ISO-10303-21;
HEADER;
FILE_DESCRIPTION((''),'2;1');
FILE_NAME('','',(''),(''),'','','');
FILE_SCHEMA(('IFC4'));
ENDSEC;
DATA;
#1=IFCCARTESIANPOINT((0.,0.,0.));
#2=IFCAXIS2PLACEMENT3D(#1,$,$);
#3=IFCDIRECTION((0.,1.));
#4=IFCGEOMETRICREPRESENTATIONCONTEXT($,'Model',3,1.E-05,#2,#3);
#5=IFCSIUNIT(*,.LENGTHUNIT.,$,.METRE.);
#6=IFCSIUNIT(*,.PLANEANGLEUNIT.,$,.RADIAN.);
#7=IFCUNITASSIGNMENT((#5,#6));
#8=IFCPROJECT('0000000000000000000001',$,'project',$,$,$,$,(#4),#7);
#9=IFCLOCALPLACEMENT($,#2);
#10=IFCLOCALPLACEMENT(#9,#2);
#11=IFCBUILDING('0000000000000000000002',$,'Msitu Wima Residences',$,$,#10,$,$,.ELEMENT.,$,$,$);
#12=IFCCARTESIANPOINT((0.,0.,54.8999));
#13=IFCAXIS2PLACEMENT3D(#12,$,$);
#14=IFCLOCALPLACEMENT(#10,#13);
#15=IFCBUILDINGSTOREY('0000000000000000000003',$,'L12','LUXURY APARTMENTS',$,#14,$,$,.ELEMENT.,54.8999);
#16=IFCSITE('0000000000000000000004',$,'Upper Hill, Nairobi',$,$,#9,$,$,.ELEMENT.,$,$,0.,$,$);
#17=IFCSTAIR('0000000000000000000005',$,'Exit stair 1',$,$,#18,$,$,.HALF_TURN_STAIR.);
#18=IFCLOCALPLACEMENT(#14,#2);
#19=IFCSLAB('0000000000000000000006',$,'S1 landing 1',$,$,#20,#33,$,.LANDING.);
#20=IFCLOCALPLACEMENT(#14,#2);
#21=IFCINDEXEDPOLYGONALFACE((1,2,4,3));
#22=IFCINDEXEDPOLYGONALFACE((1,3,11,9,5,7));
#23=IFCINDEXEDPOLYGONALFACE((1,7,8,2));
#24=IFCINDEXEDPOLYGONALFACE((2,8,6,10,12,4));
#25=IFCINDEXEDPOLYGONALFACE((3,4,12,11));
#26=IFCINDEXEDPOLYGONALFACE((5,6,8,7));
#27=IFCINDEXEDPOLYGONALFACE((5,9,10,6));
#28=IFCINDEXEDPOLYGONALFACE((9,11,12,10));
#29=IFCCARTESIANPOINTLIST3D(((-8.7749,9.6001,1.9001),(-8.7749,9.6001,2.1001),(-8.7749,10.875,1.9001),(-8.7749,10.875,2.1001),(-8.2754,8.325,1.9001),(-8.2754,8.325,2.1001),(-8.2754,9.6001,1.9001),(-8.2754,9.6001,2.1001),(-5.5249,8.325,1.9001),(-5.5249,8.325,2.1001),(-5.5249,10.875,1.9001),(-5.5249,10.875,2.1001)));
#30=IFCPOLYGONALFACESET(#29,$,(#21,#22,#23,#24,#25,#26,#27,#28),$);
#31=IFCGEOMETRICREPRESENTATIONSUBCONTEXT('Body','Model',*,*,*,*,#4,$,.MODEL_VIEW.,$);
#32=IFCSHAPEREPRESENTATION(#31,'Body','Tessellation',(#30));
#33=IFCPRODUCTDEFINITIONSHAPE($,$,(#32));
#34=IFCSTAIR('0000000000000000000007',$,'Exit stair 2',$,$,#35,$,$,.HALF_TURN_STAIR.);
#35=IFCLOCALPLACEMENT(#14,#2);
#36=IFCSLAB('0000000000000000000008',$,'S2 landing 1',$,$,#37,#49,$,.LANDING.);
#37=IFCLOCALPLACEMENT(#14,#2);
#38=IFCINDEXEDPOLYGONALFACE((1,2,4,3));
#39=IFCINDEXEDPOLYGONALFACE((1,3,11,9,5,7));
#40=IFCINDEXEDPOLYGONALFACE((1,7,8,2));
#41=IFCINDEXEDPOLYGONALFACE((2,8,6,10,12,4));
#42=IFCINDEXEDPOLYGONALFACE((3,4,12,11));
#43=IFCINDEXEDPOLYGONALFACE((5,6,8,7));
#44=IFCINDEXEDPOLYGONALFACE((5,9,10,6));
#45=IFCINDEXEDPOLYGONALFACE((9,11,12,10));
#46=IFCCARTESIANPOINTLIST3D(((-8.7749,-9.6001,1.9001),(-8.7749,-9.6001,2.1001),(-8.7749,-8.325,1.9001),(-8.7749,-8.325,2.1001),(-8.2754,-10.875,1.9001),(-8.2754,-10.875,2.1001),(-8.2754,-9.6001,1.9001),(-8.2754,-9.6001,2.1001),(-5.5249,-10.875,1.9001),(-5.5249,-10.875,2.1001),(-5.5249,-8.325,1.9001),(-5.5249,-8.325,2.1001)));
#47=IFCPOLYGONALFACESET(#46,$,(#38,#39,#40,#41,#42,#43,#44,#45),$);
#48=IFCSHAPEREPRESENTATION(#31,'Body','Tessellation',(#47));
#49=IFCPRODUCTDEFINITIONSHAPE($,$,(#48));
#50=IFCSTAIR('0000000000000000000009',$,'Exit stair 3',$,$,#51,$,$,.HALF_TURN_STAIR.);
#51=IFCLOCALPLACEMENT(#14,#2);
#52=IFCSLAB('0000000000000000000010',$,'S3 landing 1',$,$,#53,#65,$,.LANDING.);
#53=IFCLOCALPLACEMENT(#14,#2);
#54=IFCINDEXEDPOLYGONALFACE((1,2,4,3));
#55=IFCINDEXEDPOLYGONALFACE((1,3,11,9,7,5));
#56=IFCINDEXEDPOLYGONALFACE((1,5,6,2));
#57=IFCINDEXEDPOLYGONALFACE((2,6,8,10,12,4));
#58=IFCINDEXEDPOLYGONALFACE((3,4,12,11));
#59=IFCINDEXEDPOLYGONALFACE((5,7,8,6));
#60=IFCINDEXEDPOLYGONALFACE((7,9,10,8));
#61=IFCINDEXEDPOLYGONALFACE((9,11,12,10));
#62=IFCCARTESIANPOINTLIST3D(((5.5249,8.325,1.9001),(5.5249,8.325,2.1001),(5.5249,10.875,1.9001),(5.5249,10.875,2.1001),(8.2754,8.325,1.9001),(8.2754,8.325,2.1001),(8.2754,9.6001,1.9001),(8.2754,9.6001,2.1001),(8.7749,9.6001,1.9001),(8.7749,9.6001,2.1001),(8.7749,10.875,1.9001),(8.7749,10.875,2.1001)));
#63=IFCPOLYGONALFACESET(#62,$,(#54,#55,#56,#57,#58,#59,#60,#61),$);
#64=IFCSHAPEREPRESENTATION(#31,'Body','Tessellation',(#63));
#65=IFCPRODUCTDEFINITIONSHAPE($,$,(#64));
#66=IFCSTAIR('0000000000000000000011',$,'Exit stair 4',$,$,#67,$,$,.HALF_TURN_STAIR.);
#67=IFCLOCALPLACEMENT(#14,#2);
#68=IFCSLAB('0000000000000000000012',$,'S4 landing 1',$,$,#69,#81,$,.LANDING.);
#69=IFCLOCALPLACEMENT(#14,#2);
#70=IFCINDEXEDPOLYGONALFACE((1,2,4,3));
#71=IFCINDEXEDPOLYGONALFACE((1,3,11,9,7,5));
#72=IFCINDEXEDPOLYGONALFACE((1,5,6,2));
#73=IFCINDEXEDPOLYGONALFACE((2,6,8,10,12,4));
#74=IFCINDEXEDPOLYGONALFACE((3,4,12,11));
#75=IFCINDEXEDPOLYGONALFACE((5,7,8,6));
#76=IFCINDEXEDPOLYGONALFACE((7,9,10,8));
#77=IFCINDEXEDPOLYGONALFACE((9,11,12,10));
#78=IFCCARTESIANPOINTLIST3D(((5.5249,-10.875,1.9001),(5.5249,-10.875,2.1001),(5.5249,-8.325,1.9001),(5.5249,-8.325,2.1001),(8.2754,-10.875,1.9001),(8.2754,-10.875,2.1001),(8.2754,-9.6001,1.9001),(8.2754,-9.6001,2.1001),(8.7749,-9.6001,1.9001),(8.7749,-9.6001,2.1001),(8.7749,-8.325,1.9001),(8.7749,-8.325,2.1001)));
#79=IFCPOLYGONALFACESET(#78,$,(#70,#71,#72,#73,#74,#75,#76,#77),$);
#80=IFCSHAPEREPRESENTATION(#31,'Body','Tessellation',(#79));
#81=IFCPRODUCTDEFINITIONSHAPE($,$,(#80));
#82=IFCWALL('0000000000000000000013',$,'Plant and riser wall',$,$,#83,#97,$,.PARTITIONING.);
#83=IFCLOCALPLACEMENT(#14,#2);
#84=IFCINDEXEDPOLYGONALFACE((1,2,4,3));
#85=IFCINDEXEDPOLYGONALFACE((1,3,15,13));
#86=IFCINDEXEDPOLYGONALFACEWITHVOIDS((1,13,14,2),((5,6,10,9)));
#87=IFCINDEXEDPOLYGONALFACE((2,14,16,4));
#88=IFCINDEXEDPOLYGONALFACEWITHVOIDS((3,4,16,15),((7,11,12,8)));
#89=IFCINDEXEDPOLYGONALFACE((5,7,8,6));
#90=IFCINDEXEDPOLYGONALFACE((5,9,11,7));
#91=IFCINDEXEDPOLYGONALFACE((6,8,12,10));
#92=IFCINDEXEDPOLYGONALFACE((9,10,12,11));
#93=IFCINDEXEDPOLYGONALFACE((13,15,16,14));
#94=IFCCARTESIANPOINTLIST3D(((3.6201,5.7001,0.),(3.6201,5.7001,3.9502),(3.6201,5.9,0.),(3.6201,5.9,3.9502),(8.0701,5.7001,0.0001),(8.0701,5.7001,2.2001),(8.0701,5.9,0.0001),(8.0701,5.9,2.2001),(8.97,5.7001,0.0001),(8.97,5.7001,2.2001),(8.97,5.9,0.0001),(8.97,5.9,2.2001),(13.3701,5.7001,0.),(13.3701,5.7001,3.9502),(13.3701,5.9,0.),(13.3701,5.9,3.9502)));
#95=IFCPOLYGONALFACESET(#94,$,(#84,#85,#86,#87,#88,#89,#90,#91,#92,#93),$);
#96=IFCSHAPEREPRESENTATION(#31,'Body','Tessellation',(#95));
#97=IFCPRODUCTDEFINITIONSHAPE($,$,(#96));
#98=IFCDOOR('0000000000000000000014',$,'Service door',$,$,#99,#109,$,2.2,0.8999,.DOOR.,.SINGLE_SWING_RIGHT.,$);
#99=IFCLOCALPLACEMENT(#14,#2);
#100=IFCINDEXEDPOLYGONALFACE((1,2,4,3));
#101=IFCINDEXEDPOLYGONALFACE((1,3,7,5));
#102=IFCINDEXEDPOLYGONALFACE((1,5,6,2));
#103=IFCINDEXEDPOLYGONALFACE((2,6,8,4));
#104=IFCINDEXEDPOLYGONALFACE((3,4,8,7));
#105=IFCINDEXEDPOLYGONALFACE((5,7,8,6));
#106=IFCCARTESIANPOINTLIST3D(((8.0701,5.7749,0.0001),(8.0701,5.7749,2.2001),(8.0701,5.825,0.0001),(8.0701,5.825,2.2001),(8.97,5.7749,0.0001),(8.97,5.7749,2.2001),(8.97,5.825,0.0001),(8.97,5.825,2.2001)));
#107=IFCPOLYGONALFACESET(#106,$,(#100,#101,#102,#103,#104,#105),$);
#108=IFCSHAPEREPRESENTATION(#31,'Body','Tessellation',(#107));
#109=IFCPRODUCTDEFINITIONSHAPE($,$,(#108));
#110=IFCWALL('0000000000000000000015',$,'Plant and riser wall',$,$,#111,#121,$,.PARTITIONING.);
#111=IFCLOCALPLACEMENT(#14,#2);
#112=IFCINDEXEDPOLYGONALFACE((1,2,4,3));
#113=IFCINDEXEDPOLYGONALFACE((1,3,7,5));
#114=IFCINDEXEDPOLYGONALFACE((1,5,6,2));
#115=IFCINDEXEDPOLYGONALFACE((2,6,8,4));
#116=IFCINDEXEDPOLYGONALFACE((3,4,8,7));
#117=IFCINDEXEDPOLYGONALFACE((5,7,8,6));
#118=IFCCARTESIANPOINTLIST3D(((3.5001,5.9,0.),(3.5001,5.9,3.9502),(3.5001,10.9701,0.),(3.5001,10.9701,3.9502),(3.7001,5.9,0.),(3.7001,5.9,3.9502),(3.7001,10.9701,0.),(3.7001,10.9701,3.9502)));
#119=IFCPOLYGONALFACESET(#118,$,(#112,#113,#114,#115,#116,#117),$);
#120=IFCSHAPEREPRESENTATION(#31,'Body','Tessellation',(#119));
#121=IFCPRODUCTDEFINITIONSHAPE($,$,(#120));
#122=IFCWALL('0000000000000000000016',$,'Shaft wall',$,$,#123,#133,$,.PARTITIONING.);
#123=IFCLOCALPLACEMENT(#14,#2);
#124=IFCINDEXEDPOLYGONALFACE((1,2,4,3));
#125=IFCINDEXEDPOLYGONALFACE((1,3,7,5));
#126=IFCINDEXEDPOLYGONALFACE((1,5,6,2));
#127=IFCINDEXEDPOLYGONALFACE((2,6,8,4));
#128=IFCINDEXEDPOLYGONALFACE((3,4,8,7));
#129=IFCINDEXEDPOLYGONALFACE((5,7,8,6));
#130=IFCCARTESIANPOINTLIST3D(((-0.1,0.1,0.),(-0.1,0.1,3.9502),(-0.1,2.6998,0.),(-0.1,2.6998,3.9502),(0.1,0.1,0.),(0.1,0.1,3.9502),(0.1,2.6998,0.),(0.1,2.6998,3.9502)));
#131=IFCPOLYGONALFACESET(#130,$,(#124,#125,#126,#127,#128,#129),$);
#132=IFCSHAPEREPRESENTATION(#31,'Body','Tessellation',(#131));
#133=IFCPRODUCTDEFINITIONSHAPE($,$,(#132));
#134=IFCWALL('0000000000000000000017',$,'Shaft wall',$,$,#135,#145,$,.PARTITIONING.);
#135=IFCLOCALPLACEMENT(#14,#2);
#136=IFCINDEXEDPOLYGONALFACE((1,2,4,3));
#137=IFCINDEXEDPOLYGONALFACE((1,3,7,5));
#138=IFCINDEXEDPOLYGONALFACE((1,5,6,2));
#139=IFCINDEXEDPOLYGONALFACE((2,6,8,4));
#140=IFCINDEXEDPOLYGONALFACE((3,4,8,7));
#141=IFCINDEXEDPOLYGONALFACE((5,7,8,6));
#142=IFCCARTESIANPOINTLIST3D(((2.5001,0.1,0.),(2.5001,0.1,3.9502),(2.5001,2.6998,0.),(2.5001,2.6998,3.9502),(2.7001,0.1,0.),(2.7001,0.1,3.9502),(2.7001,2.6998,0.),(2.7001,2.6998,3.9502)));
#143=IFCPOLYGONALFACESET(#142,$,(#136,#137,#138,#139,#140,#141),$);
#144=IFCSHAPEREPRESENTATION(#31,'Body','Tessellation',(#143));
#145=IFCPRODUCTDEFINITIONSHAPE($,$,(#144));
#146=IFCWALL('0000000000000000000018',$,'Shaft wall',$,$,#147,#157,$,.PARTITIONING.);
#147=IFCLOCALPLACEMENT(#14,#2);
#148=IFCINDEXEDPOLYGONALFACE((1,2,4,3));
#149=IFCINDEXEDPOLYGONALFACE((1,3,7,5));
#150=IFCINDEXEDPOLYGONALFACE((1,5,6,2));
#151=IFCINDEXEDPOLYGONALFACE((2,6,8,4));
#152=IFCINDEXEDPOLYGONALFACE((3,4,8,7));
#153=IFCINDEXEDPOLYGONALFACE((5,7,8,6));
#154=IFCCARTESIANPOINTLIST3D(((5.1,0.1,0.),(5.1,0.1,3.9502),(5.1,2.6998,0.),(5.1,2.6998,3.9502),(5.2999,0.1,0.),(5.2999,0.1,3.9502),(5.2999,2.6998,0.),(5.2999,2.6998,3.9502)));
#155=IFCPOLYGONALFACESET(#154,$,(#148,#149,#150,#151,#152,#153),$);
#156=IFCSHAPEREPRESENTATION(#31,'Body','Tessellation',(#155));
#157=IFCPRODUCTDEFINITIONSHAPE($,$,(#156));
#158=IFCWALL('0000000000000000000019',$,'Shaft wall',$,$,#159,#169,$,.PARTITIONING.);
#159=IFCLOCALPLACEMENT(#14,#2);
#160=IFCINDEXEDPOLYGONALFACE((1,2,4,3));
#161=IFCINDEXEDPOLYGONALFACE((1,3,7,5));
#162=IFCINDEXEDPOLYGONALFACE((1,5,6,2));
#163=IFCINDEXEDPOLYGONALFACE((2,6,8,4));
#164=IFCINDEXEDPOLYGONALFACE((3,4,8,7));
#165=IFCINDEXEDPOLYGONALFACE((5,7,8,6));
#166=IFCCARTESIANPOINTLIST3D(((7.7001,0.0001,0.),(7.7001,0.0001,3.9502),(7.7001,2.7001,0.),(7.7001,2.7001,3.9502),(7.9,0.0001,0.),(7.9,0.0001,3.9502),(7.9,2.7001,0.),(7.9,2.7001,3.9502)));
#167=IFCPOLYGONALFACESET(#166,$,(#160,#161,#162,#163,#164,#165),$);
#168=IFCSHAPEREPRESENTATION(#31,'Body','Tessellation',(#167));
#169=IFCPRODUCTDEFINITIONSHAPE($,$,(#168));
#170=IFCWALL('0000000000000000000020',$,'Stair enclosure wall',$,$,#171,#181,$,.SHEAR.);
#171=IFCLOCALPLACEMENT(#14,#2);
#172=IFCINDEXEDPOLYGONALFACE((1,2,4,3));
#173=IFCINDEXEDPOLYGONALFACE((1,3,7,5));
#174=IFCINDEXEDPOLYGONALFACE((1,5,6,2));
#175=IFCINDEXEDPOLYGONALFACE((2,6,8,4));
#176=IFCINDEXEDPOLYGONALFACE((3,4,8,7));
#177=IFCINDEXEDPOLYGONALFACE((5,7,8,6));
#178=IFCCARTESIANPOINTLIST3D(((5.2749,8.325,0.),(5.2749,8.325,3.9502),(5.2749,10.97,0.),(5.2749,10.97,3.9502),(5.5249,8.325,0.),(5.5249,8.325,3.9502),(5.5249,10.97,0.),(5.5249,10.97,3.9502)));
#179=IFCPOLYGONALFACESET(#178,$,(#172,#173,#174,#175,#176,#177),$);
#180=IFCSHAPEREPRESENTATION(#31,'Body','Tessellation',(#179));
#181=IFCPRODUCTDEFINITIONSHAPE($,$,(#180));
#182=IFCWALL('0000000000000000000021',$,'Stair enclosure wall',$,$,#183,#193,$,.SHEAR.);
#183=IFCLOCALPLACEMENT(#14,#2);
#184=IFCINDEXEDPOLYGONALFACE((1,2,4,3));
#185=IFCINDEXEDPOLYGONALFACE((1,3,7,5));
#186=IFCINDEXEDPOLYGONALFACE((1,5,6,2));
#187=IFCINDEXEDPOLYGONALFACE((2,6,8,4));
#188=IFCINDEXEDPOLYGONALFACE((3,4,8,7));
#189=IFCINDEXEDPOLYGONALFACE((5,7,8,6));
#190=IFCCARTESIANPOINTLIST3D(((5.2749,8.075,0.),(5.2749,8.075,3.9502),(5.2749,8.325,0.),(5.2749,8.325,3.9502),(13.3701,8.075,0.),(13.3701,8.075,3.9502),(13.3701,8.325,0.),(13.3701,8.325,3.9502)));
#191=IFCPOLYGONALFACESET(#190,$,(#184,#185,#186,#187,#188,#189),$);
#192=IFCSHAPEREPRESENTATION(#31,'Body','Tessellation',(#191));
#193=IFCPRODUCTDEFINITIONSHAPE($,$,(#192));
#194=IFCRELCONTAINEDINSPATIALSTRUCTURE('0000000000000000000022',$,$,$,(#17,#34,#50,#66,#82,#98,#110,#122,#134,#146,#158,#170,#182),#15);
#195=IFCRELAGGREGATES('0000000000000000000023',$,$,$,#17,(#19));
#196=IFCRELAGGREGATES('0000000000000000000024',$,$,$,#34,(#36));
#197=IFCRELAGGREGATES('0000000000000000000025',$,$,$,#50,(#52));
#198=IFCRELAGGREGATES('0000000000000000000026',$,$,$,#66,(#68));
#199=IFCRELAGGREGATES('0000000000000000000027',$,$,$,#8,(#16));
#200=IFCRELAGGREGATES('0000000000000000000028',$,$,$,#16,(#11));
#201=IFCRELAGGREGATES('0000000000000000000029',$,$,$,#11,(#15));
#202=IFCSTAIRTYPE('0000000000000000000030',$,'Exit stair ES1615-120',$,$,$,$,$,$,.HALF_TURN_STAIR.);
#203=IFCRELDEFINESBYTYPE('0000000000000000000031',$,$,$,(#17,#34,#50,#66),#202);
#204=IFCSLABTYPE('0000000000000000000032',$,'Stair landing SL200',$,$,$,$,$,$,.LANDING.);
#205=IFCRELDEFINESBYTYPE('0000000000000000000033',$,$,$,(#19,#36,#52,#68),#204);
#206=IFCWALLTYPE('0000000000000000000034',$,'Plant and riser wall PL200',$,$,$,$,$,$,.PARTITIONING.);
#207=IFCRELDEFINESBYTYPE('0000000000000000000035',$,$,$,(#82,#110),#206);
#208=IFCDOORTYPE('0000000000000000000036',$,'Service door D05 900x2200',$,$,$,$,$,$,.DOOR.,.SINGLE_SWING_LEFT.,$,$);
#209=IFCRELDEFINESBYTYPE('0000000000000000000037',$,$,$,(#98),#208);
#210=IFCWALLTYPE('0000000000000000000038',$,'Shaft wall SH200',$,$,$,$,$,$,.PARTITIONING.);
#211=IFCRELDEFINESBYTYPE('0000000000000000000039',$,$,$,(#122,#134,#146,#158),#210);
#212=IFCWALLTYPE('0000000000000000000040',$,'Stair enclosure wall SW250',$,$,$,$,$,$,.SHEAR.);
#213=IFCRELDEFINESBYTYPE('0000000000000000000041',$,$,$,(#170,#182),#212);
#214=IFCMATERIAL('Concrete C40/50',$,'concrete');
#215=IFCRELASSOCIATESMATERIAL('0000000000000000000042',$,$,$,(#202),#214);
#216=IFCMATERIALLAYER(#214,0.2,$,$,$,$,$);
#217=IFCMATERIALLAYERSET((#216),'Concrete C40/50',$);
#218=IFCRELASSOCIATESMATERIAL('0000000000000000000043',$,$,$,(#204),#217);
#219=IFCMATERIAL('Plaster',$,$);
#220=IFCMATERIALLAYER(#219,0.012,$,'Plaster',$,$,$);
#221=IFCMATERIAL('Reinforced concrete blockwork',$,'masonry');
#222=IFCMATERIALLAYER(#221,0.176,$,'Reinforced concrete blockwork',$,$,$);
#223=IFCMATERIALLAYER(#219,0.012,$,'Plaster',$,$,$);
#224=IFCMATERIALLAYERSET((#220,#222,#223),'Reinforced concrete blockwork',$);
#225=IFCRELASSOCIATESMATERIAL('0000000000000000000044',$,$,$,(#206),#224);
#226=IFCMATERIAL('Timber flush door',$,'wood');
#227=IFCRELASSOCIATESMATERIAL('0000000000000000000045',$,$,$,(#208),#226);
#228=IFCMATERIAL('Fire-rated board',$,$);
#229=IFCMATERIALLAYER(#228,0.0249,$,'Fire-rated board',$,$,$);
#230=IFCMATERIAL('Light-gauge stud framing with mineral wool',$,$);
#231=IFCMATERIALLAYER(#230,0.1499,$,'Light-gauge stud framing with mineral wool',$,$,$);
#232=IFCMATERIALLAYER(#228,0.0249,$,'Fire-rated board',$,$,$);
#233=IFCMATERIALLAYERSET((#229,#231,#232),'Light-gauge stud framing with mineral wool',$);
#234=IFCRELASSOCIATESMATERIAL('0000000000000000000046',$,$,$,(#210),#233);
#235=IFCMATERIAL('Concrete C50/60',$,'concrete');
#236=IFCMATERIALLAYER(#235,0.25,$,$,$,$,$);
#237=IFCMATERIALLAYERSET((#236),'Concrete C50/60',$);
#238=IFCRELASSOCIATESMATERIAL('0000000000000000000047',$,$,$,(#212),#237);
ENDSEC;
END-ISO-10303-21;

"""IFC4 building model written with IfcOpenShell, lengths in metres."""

from ifc_helpers import new_model, si_unit, direction, frame, frame_2d, origin, place, context, subcontext, project, spatial, polyline, rectangle, outline, extrude, material, layer, layer_set, type_object, element, fill, aggregate, save


model = new_model("IFC4")

# Units and contexts
model_context = context("Model", 3, precision=1e-05, world=origin(), true_north=direction((0.0, 1.0)))
body_context = subcontext(model_context, "Body", "Model", "MODEL_VIEW")
ifc_project = project(units=[si_unit("LENGTHUNIT", "METRE"), si_unit("PLANEANGLEUNIT", "RADIAN")], contexts=[model_context])

# Site, building, storey
site_placement = place(None, origin())
site = spatial("IfcSite", under=ifc_project, at=site_placement, Name="Upper Hill, Nairobi", CompositionType="ELEMENT", RefElevation=0.0)
building_placement = place(site_placement, origin())
building = spatial("IfcBuilding", under=site, at=building_placement, Name="Msitu Wima Residences", CompositionType="ELEMENT")
storey_placement = place(building_placement, frame((0.0, 0.0, 54.8999)))
storey = spatial("IfcBuildingStorey", under=building, at=storey_placement, Name="L12", Description="LUXURY APARTMENTS", CompositionType="ELEMENT", Elevation=54.8999)

# Shared definitions
ifc_material_1 = material(Name="Concrete C40/50", Category="concrete")

# Stairs, slabs
stair_type = type_object("IfcStairType", Name="Exit stair ES1615-120", PredefinedType="HALF_TURN_STAIR", material=ifc_material_1)
stair_1_placement = place(storey_placement, origin())
stair_1 = element("IfcStair", 1, at=stair_1_placement, inside=storey, type_object=stair_type, Name="Exit stair 1", PredefinedType="HALF_TURN_STAIR")
ifc_layer_1 = layer(ifc_material_1, 0.2)
ifc_layer_set_1 = layer_set([ifc_layer_1], Name="Concrete C40/50")
slab_type_1 = type_object("IfcSlabType", Name="Stair landing SL200", PredefinedType="LANDING", material=ifc_layer_set_1)
slab_1_placement = place(storey_placement, frame((0.0, 0.0, 1.9001)))
slab_1 = element("IfcSlab", 2, at=slab_1_placement, type_object=slab_type_1, Name="S1 landing 1", PredefinedType="LANDING", context=body_context, shape_type="SweptSolid", body=[
    extrude(outline(polyline([(-5.5249, 8.325), (-8.2754, 8.325), (-8.2754, 9.6001), (-8.7749, 9.6001), (-8.7749, 10.875), (-5.5249, 10.875), (-5.5249, 8.325)])), origin(), (0.0, 0.0, 1.0), 0.2),
])
aggregate(stair_1, [slab_1])
stair_2_placement = place(storey_placement, origin())
stair_2 = element("IfcStair", 3, at=stair_2_placement, inside=storey, type_object=stair_type, Name="Exit stair 2", PredefinedType="HALF_TURN_STAIR")
slab_2_placement = place(storey_placement, frame((0.0, 0.0, 1.9001)))
slab_2 = element("IfcSlab", 4, at=slab_2_placement, type_object=slab_type_1, Name="S2 landing 1", PredefinedType="LANDING", context=body_context, shape_type="SweptSolid", body=[
    extrude(outline(polyline([(-5.5249, -10.875), (-8.2754, -10.875), (-8.2754, -9.6001), (-8.7749, -9.6001), (-8.7749, -8.325), (-5.5249, -8.325), (-5.5249, -10.875)])), origin(), (0.0, 0.0, 1.0), 0.2),
])
aggregate(stair_2, [slab_2])
stair_3_placement = place(storey_placement, origin())
stair_3 = element("IfcStair", 5, at=stair_3_placement, inside=storey, type_object=stair_type, Name="Exit stair 3", PredefinedType="HALF_TURN_STAIR")
slab_3_placement = place(storey_placement, frame((0.0, 0.0, 1.9001)))
slab_3 = element("IfcSlab", 6, at=slab_3_placement, type_object=slab_type_1, Name="S3 landing 1", PredefinedType="LANDING", context=body_context, shape_type="SweptSolid", body=[
    extrude(outline(polyline([(5.5249, 8.325), (8.2754, 8.325), (8.2754, 9.6001), (8.7749, 9.6001), (8.7749, 10.875), (5.5249, 10.875), (5.5249, 8.325)])), origin(), (0.0, 0.0, 1.0), 0.2),
])
aggregate(stair_3, [slab_3])
stair_4_placement = place(storey_placement, origin())
stair_4 = element("IfcStair", 7, at=stair_4_placement, inside=storey, type_object=stair_type, Name="Exit stair 4", PredefinedType="HALF_TURN_STAIR")
slab_4_placement = place(storey_placement, frame((0.0, 0.0, 1.9001)))
slab_4 = element("IfcSlab", 8, at=slab_4_placement, type_object=slab_type_1, Name="S4 landing 1", PredefinedType="LANDING", context=body_context, shape_type="SweptSolid", body=[
    extrude(outline(polyline([(5.5249, -10.875), (8.2754, -10.875), (8.2754, -9.6001), (8.7749, -9.6001), (8.7749, -8.325), (5.5249, -8.325), (5.5249, -10.875)])), origin(), (0.0, 0.0, 1.0), 0.2),
])
aggregate(stair_4, [slab_4])

# Wall, opening, door
ifc_material_2 = material(Name="Plaster")
ifc_layer_2 = layer(ifc_material_2, 0.012, Name="Plaster")
ifc_material_3 = material(Name="Reinforced concrete blockwork", Category="masonry")
ifc_layer_3 = layer(ifc_material_3, 0.176, Name="Reinforced concrete blockwork")
ifc_layer_4 = layer(ifc_material_2, 0.012, Name="Plaster")
ifc_layer_set_2 = layer_set([ifc_layer_2, ifc_layer_3, ifc_layer_4], Name="Reinforced concrete blockwork")
wall_type_1 = type_object("IfcWallType", Name="Plant and riser wall PL200", PredefinedType="PARTITIONING", material=ifc_layer_set_2)
wall_1_placement = place(storey_placement, frame((3.6201, 5.8, 0.0), z_axis=(0.0, 0.0, 1.0), x_axis=(1.0, 0.0, 0.0)))
wall_1 = element("IfcWall", 9, at=wall_1_placement, inside=storey, type_object=wall_type_1, Name="Plant and riser wall", PredefinedType="PARTITIONING", context=body_context, shape_type="SweptSolid", body=[
    extrude(rectangle(XDim=9.75, YDim=0.2, at=frame_2d((4.875, 0.0))), origin(), (0.0, 0.0, 1.0), 3.9502),
])
opening_placement = place(wall_1_placement, frame((4.45, 0.0, 0.0)))
opening = element("IfcOpeningElement", 10, at=opening_placement, cuts=wall_1, PredefinedType="OPENING", context=body_context, shape_type="SweptSolid", body=[
    extrude(rectangle(XDim=0.8999, YDim=2.2, at=frame_2d((0.45, 1.1001))), frame((0.0, 0.1099, 0.0), z_axis=(0.0, -1.0, 0.0), x_axis=(1.0, 0.0, 0.0)), (0.0, 0.0, 1.0), 0.22),
])
ifc_material_4 = material(Name="Timber flush door", Category="wood")
door_type = type_object("IfcDoorType", Name="Service door D05 900x2200", OperationType="SINGLE_SWING_LEFT", PredefinedType="DOOR", material=ifc_material_4)
door_placement = place(opening_placement, origin())
door = element("IfcDoor", 11, at=door_placement, inside=storey, type_object=door_type, Name="Service door", OperationType="SINGLE_SWING_RIGHT", OverallHeight=2.2, OverallWidth=0.8999, PredefinedType="DOOR", context=body_context, shape_type="SweptSolid", body=[
    extrude(rectangle(XDim=0.8999, YDim=2.2, at=frame_2d((0.45, 1.1001))), frame((0.0, 0.0249, 0.0), z_axis=(0.0, -1.0, 0.0), x_axis=(1.0, 0.0, 0.0)), (0.0, 0.0, 1.0), 0.05),
])
fill(opening, door)

# Walls
wall_2_placement = place(storey_placement, frame((3.6001, 5.8999, 0.0), z_axis=(0.0, 0.0, 1.0), x_axis=(0.0, 1.0, 0.0)))
element("IfcWall", 12, at=wall_2_placement, inside=storey, type_object=wall_type_1, Name="Plant and riser wall", PredefinedType="PARTITIONING", context=body_context, shape_type="SweptSolid", body=[
    extrude(rectangle(XDim=5.0701, YDim=0.2, at=frame_2d((2.5352, 0.0))), origin(), (0.0, 0.0, 1.0), 3.9502),
])
ifc_material_5 = material(Name="Fire-rated board")
ifc_layer_5 = layer(ifc_material_5, 0.0249, Name="Fire-rated board")
ifc_material_6 = material(Name="Light-gauge stud framing with mineral wool")
ifc_layer_6 = layer(ifc_material_6, 0.1499, Name="Light-gauge stud framing with mineral wool")
ifc_layer_7 = layer(ifc_material_5, 0.0249, Name="Fire-rated board")
ifc_layer_set_3 = layer_set([ifc_layer_5, ifc_layer_6, ifc_layer_7], Name="Light-gauge stud framing with mineral wool")
wall_type_2 = type_object("IfcWallType", Name="Shaft wall SH200", PredefinedType="PARTITIONING", material=ifc_layer_set_3)
for number, where, z_axis, x_axis, name in (
    (13, (0.0, 0.1001, 0.0), (0.0, 0.0, 1.0), (0.0, 1.0, 0.0), "Shaft wall"),
    (14, (2.6001, 0.1001, 0.0), (0.0, 0.0, 1.0), (0.0, 1.0, 0.0), "Shaft wall"),
    (15, (5.2, 0.1001, 0.0), (0.0, 0.0, 1.0), (0.0, 1.0, 0.0), "Shaft wall"),
):
    element("IfcWall", number, at=place(storey_placement, frame(where, z_axis=z_axis, x_axis=x_axis)), inside=storey, type_object=wall_type_2, Name=name, PredefinedType="PARTITIONING", context=body_context, shape_type="SweptSolid", body=[
        extrude(rectangle(XDim=2.5999, YDim=0.2, at=frame_2d((1.2998, 0.0))), origin(), (0.0, 0.0, 1.0), 3.9502),
    ])
wall_3_placement = place(storey_placement, frame((7.8, 0.0, 0.0), z_axis=(0.0, 0.0, 1.0), x_axis=(0.0, 1.0, 0.0)))
element("IfcWall", 16, at=wall_3_placement, inside=storey, type_object=wall_type_2, Name="Shaft wall", PredefinedType="PARTITIONING", context=body_context, shape_type="SweptSolid", body=[
    extrude(rectangle(XDim=2.7, YDim=0.2, at=frame_2d((1.3501, 0.0))), origin(), (0.0, 0.0, 1.0), 3.9502),
])
ifc_material_7 = material(Name="Concrete C50/60", Category="concrete")
ifc_layer_8 = layer(ifc_material_7, 0.25)
ifc_layer_set_4 = layer_set([ifc_layer_8], Name="Concrete C50/60")
wall_type_3 = type_object("IfcWallType", Name="Stair enclosure wall SW250", PredefinedType="SHEAR", material=ifc_layer_set_4)
wall_4_placement = place(storey_placement, frame((5.3999, 8.325, 0.0), z_axis=(0.0, 0.0, 1.0), x_axis=(0.0, 1.0, 0.0)))
element("IfcWall", 17, at=wall_4_placement, inside=storey, type_object=wall_type_3, Name="Stair enclosure wall", PredefinedType="SHEAR", context=body_context, shape_type="SweptSolid", body=[
    extrude(rectangle(XDim=2.645, YDim=0.25, at=frame_2d((1.3225, 0.0))), origin(), (0.0, 0.0, 1.0), 3.9502),
])
wall_5_placement = place(storey_placement, frame((5.2749, 8.2, 0.0), z_axis=(0.0, 0.0, 1.0), x_axis=(1.0, 0.0, 0.0)))
element("IfcWall", 18, at=wall_5_placement, inside=storey, type_object=wall_type_3, Name="Stair enclosure wall", PredefinedType="SHEAR", context=body_context, shape_type="SweptSolid", body=[
    extrude(rectangle(XDim=8.0952, YDim=0.25, at=frame_2d((4.0476, 0.0))), origin(), (0.0, 0.0, 1.0), 3.9502),
])

save(model, "model.ifc")
